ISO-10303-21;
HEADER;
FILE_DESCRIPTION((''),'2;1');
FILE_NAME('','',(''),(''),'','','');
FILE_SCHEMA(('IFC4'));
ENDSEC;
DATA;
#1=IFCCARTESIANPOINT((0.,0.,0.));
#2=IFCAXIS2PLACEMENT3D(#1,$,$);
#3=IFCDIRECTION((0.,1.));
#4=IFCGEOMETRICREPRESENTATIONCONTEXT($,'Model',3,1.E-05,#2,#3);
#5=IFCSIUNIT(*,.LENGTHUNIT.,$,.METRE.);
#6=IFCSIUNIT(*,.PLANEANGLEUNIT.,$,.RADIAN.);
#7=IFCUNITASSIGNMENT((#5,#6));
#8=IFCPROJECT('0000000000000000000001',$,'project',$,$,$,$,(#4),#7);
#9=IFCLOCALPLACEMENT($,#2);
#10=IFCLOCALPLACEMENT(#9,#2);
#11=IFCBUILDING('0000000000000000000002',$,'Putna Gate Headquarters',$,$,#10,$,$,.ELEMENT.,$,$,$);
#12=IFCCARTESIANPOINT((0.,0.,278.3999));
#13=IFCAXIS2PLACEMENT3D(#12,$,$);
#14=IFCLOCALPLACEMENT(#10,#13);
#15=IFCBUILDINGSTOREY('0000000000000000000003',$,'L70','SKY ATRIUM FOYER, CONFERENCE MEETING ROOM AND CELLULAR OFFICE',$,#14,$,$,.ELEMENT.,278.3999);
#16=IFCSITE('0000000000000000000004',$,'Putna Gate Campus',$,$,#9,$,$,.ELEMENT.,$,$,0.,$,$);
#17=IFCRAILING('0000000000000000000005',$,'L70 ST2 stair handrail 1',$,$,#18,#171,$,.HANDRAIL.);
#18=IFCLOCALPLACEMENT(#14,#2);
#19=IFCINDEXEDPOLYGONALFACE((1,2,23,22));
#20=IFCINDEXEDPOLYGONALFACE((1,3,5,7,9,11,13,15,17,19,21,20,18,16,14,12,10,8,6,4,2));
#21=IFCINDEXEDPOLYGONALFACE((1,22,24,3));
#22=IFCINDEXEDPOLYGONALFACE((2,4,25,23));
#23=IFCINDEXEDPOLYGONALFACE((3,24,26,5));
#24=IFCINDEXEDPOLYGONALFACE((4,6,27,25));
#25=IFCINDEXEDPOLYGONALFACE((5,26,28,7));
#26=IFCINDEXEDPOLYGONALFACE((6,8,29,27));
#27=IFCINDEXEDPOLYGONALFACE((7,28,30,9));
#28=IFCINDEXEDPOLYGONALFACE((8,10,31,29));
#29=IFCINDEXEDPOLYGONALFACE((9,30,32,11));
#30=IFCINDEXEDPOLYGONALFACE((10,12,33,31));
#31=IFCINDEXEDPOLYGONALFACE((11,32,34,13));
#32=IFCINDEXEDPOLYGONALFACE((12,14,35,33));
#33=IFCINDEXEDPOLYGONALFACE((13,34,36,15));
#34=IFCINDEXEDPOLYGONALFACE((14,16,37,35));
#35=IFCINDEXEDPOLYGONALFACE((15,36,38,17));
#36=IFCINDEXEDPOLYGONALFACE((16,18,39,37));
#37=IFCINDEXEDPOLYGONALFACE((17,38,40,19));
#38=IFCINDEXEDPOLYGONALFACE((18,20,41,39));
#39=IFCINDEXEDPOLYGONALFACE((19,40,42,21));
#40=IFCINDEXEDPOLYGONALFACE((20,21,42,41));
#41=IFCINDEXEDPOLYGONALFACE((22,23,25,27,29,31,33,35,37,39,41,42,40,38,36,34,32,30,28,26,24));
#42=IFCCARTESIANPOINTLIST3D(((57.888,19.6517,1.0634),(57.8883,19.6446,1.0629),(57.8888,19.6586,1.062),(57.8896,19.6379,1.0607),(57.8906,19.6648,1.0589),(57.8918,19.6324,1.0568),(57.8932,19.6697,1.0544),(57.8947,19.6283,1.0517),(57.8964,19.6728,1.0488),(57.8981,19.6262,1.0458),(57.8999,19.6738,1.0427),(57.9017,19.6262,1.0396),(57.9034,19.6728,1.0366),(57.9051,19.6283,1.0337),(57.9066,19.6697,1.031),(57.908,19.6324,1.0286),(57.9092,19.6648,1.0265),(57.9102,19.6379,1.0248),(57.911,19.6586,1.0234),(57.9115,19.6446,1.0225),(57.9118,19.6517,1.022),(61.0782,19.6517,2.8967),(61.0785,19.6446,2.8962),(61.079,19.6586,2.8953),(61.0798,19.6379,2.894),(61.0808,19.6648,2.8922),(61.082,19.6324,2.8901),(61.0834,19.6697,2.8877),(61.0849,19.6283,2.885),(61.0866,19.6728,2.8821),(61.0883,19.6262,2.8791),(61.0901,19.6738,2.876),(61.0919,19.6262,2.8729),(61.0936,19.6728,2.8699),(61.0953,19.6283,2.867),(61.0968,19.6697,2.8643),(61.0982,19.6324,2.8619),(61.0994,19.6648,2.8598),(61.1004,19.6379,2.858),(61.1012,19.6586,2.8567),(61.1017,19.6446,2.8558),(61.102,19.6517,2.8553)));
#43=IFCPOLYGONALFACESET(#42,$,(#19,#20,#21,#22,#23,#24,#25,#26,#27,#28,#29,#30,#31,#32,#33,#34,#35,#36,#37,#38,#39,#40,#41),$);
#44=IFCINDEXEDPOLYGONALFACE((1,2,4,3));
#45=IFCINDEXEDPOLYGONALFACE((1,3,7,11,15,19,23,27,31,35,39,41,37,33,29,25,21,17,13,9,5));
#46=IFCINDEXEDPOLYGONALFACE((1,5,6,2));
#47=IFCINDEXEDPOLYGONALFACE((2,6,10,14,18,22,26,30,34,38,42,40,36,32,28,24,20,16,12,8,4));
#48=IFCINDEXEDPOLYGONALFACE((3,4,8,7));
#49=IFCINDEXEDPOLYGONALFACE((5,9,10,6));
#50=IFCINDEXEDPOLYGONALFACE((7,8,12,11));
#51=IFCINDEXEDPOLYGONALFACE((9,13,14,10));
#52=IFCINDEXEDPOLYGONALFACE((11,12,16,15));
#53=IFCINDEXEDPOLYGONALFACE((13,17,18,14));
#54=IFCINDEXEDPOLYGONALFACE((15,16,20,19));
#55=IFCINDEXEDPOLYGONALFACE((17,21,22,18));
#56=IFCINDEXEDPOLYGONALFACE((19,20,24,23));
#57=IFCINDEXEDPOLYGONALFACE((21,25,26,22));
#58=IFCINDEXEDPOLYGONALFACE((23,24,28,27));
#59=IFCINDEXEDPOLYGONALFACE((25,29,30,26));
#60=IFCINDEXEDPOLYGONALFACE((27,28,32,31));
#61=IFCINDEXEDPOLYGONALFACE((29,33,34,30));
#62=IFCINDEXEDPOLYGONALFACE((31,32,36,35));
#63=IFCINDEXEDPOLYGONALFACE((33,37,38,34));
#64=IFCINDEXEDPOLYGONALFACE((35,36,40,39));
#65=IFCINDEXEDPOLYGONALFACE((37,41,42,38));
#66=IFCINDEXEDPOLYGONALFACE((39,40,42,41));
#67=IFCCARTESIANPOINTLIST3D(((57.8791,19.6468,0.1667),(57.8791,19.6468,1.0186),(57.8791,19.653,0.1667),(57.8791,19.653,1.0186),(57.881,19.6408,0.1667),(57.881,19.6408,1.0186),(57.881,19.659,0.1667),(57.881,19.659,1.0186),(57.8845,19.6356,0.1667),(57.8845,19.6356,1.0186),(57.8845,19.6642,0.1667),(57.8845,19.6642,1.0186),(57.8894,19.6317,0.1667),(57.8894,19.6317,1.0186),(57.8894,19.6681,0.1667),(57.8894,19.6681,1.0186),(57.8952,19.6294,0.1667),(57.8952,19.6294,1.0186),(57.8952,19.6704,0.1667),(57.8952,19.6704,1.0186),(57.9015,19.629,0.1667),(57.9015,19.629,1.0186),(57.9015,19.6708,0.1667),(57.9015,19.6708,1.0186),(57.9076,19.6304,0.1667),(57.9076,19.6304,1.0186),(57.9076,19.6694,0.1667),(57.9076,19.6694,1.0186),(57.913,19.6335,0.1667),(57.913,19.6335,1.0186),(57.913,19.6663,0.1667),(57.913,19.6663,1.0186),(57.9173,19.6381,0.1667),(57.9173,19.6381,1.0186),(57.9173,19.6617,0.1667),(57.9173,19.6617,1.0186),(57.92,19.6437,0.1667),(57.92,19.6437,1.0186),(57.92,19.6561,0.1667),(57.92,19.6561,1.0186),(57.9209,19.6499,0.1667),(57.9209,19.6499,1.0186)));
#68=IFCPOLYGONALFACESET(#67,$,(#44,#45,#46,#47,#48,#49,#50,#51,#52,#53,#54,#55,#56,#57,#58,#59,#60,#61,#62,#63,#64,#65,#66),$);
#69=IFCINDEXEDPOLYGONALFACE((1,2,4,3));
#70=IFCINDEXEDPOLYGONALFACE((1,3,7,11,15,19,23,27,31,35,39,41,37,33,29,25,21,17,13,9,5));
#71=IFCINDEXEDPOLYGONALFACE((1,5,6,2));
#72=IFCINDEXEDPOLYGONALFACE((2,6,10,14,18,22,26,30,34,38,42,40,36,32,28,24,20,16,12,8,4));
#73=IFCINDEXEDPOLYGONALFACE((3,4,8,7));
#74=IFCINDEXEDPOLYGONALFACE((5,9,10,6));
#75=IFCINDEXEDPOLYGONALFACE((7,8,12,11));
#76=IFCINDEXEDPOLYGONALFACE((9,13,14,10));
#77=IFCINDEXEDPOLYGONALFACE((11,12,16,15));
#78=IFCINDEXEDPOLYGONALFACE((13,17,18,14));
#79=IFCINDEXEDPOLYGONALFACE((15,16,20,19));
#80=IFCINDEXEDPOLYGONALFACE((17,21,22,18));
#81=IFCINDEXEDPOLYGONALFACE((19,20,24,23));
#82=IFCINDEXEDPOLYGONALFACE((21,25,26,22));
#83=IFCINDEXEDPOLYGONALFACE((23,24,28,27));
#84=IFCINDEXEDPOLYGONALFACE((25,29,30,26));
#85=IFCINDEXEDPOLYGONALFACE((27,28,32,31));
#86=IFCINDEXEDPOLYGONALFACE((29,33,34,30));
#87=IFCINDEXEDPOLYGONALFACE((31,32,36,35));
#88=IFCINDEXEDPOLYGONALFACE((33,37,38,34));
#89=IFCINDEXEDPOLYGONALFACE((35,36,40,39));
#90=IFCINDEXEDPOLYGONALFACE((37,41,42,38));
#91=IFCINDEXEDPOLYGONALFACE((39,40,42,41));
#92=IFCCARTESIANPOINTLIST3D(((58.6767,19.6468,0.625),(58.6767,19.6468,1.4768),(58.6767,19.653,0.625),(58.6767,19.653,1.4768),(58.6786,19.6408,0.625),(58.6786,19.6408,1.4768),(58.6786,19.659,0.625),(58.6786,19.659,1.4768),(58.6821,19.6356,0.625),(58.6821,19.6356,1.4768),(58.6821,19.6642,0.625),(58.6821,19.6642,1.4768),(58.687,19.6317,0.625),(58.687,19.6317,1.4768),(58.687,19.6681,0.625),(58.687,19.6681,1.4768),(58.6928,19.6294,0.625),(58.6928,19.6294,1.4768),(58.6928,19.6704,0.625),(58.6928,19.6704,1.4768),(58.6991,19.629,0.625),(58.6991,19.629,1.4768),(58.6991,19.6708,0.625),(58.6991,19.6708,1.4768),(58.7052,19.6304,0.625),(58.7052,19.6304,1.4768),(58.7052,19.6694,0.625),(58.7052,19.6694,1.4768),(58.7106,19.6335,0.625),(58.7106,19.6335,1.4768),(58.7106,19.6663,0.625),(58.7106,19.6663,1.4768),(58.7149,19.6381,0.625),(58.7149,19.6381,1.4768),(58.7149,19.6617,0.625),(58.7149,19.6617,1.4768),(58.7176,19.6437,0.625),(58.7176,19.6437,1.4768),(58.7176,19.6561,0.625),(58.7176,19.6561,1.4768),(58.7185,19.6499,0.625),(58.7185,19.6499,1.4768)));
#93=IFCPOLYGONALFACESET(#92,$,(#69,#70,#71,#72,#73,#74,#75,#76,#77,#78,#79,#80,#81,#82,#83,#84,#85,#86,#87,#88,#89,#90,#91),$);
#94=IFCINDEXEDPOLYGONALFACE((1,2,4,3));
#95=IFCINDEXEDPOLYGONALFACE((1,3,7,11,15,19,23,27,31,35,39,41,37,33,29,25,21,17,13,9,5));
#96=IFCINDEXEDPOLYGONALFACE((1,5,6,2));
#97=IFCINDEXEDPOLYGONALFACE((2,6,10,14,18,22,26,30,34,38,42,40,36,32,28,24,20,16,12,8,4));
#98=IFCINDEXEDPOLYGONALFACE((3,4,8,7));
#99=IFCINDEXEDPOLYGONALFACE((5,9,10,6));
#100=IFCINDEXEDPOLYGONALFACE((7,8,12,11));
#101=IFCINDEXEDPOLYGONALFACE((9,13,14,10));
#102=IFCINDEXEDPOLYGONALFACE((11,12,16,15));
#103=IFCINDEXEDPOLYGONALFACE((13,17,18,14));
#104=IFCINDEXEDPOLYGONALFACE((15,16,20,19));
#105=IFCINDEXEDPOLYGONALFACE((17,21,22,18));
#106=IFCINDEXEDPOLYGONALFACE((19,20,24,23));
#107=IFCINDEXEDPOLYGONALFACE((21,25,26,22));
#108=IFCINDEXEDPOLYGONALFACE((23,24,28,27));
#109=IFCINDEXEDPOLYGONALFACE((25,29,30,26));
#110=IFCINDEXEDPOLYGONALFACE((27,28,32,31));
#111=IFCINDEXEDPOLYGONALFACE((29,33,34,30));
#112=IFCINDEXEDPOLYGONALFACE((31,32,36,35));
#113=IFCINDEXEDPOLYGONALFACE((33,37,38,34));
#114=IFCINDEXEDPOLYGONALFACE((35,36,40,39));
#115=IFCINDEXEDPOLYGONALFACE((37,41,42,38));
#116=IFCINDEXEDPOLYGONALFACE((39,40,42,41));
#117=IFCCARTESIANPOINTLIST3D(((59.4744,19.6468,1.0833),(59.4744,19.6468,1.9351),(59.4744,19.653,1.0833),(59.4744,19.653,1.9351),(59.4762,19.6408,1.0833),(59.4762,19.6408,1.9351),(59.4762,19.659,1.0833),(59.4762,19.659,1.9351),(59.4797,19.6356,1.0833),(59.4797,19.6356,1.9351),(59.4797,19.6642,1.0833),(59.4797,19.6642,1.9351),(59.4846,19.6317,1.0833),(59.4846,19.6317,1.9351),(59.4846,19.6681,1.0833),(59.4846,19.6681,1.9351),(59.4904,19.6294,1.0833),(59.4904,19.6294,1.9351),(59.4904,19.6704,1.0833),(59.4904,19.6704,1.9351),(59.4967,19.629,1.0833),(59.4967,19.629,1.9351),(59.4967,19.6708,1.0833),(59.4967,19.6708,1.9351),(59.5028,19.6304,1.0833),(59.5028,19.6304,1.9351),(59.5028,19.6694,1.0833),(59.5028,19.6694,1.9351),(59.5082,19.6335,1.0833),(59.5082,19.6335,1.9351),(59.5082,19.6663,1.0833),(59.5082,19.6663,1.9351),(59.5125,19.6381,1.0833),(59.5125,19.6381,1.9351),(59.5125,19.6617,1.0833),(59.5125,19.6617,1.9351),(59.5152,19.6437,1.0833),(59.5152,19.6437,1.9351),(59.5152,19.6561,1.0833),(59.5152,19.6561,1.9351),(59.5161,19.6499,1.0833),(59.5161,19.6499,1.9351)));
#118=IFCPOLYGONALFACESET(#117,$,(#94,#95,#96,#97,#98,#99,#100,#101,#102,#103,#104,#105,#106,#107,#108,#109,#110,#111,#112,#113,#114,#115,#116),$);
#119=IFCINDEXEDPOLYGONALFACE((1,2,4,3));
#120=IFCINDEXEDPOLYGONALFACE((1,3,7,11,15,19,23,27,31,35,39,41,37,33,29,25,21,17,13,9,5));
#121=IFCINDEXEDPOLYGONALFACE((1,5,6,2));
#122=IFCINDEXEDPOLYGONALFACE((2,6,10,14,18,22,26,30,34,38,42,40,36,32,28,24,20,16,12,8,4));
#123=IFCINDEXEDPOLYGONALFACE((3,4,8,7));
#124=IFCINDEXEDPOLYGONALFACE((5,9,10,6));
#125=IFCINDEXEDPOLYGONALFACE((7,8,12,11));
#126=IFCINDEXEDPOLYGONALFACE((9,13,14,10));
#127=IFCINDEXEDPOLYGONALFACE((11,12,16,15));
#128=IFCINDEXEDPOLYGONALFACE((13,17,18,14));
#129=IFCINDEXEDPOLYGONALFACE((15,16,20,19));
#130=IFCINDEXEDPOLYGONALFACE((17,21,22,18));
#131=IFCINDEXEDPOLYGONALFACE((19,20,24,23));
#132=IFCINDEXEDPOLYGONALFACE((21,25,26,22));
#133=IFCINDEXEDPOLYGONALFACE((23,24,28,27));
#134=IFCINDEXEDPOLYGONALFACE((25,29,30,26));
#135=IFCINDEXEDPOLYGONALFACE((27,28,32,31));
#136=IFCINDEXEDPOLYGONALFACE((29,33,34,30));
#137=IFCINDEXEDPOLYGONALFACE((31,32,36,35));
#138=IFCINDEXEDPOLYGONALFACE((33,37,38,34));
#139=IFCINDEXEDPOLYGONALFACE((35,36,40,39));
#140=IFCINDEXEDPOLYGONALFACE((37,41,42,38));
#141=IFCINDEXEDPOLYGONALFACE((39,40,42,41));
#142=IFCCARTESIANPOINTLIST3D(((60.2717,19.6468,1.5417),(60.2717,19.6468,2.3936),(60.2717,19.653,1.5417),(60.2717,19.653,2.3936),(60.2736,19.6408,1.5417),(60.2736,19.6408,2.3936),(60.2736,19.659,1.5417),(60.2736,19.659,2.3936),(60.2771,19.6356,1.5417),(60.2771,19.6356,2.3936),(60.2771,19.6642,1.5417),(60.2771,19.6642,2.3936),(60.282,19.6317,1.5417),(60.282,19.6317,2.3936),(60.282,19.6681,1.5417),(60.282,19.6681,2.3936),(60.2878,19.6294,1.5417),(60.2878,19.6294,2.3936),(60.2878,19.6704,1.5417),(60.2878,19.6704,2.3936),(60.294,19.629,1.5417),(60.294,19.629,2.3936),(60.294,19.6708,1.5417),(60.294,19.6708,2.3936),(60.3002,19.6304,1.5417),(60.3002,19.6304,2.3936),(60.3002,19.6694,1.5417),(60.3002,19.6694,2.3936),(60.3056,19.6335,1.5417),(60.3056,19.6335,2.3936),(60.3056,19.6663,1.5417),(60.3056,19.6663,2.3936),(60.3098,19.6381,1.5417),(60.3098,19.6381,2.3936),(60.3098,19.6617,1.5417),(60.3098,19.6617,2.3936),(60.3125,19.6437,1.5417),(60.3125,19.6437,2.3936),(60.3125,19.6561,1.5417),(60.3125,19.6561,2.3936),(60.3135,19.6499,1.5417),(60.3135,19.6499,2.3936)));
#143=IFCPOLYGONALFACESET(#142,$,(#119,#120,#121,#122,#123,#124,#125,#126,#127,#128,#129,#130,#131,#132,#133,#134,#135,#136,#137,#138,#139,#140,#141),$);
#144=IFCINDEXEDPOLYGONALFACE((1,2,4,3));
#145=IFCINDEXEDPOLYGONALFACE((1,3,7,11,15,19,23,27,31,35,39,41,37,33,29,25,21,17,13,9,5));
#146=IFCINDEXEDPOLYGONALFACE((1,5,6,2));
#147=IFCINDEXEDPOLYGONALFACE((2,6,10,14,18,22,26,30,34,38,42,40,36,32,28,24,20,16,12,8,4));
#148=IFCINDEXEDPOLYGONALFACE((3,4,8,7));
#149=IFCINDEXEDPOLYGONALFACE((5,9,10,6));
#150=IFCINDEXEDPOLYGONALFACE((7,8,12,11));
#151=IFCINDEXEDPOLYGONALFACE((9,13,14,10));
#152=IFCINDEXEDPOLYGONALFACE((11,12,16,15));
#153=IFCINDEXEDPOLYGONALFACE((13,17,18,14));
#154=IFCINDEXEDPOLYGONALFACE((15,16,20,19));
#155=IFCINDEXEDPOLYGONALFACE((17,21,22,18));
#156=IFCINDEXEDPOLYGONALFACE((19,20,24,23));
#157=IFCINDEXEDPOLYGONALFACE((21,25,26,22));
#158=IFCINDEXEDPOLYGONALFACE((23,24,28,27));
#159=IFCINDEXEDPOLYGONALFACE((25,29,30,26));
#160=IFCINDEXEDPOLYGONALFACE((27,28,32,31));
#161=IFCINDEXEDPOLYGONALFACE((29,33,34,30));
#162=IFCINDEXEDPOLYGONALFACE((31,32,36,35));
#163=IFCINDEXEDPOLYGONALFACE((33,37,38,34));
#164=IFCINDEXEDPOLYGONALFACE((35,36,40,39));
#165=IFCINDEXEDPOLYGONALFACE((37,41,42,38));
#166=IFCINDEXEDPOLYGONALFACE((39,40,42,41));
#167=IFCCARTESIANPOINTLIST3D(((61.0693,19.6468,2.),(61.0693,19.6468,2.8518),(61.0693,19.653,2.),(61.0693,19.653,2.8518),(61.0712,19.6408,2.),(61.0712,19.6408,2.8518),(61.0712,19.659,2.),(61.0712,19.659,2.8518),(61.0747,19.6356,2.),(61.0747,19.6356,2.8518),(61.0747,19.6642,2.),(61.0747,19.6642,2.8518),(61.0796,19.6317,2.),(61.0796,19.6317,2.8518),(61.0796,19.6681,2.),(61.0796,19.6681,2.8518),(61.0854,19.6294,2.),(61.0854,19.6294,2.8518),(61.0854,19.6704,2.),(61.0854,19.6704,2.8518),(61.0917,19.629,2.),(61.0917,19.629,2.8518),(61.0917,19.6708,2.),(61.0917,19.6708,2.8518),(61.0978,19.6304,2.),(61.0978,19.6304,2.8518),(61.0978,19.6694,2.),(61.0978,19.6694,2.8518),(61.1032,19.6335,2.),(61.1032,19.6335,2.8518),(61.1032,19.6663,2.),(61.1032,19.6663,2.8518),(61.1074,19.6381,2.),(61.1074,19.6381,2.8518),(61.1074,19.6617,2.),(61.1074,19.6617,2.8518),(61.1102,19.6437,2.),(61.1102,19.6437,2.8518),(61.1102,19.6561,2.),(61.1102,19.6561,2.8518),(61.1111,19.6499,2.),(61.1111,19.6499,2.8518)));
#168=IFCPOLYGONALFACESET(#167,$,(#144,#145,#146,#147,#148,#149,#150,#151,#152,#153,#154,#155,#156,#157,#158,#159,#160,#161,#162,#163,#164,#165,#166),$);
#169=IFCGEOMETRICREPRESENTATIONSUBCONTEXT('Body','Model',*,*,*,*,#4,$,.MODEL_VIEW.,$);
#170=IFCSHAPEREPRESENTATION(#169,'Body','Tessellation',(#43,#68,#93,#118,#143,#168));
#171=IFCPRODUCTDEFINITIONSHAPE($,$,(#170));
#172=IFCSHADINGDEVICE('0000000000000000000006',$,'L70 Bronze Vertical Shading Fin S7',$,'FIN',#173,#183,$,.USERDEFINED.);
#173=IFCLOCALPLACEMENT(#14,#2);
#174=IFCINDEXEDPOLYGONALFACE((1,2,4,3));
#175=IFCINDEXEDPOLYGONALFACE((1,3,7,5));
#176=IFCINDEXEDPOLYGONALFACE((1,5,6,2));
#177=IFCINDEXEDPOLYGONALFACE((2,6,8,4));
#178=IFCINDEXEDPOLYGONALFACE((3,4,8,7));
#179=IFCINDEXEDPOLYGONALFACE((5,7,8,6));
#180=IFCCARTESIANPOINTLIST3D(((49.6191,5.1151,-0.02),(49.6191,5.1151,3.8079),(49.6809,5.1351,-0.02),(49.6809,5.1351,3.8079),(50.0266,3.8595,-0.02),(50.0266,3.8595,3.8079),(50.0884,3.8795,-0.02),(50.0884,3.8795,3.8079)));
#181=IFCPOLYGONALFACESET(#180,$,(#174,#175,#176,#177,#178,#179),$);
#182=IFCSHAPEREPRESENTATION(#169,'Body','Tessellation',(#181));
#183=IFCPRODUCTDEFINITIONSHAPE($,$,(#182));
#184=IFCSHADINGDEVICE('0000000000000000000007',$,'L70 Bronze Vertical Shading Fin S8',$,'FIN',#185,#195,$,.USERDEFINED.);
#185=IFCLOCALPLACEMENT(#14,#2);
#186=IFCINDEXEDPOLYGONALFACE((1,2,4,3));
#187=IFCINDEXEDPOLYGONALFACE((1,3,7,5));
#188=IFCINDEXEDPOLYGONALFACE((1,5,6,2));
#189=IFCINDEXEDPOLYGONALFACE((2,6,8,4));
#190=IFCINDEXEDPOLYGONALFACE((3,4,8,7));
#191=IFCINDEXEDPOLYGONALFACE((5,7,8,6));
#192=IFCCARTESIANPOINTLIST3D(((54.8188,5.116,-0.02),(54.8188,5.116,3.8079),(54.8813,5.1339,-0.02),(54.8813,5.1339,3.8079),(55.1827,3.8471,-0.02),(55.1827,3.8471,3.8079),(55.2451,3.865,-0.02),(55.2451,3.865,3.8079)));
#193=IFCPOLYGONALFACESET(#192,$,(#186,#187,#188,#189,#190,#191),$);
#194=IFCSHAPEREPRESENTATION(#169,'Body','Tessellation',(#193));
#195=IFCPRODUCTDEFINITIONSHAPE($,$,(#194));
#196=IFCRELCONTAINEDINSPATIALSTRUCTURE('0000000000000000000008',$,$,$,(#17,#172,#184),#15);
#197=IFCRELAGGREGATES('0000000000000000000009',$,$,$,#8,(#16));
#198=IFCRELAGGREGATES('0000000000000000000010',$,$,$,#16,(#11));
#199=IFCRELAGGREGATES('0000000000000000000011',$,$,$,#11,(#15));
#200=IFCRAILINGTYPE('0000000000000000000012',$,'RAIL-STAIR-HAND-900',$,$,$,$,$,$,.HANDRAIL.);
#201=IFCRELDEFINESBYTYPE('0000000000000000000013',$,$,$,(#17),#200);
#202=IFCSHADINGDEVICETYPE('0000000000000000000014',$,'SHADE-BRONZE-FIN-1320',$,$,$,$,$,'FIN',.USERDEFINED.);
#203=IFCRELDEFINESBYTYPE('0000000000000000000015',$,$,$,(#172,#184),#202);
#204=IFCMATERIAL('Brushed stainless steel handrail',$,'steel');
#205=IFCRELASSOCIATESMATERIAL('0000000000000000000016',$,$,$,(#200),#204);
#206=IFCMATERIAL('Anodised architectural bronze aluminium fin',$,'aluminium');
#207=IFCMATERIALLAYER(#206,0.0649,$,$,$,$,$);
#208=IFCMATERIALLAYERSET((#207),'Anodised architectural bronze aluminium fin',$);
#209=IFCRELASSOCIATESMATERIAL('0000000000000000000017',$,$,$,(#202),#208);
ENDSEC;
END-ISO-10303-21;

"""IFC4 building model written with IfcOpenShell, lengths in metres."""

from ifc_helpers import new_model, si_unit, direction, frame, origin, origin_2d, place, context, subcontext, project, spatial, rectangle, circle, extrude, material, layer, layer_set, type_object, element, save


model = new_model("IFC4")

# Units and contexts
model_context = context("Model", 3, precision=1e-05, world=origin(), true_north=direction((0.0, 1.0)))
body_context = subcontext(model_context, "Body", "Model", "MODEL_VIEW")
ifc_project = project(units=[si_unit("LENGTHUNIT", "METRE"), si_unit("PLANEANGLEUNIT", "RADIAN")], contexts=[model_context])

# Site, building, storey
site_placement = place(None, origin())
site = spatial("IfcSite", under=ifc_project, at=site_placement, Name="Putna Gate Campus", CompositionType="ELEMENT", RefElevation=0.0)
building_placement = place(site_placement, origin())
building = spatial("IfcBuilding", under=site, at=building_placement, Name="Putna Gate Headquarters", CompositionType="ELEMENT")
storey_placement = place(building_placement, frame((0.0, 0.0, 278.3999)))
storey = spatial("IfcBuildingStorey", under=building, at=storey_placement, Name="L70", Description="SKY ATRIUM FOYER, CONFERENCE MEETING ROOM AND CELLULAR OFFICE", CompositionType="ELEMENT", Elevation=278.3999)

# Railing
ifc_material_1 = material(Name="Brushed stainless steel handrail", Category="steel")
railing_type_1 = type_object("IfcRailingType", Name="RAIL-STAIR-HAND-900", PredefinedType="HANDRAIL", material=ifc_material_1)
railing_1_placement = place(storey_placement, frame((57.8999, 19.6499, 0.1667)))
element("IfcRailing", 1, at=railing_1_placement, inside=storey, type_object=railing_type_1, Name="L70 ST2 stair handrail 1", PredefinedType="HANDRAIL", context=body_context, shape_type="SweptSolid", body=[
    extrude(circle(Radius=0.0239, at=origin_2d()), frame((0.0, 0.0, 0.876), z_axis=(0.867036, 0.0, 0.498245), x_axis=(0.0, 1.0, 0.0)), (0.0, 0.0, 1.0), 3.6794),
    extrude(circle(Radius=0.021, at=origin_2d()), origin(), (0.0, 0.0, 1.0), 0.8518),
    extrude(circle(Radius=0.021, at=origin_2d()), frame((0.7976, 0.0, 0.4583)), (0.0, 0.0, 1.0), 0.8518),
    extrude(circle(Radius=0.021, at=origin_2d()), frame((1.5952, 0.0, 0.9165)), (0.0, 0.0, 1.0), 0.8518),
    extrude(circle(Radius=0.021, at=origin_2d()), frame((2.3926, 0.0, 1.375)), (0.0, 0.0, 1.0), 0.8518),
    extrude(circle(Radius=0.021, at=origin_2d()), frame((3.1902, 0.0, 1.8333)), (0.0, 0.0, 1.0), 0.8518),
])

# Shading devices
ifc_material_2 = material(Name="Anodised architectural bronze aluminium fin", Category="aluminium")
ifc_layer_1 = layer(ifc_material_2, 0.0649)
ifc_layer_set_1 = layer_set([ifc_layer_1], Name="Anodised architectural bronze aluminium fin")
shading_device_type = type_object("IfcShadingDeviceType", Name="SHADE-BRONZE-FIN-1320", ElementType="FIN", PredefinedType="USERDEFINED", material=ifc_layer_set_1)
for number, where, z_axis, x_axis, name in (
    (2, (49.8538, 4.4973, -0.02), (0.0, 0.0, 1.0), (0.308685, -0.951164, 0.0), "L70 Bronze Vertical Shading Fin S7"),
    (3, (55.032, 4.4905, -0.02), (0.0, 0.0, 1.0), (0.275637, -0.961262, 0.0), "L70 Bronze Vertical Shading Fin S8"),
):
    element("IfcShadingDevice", number, at=place(storey_placement, frame(where, z_axis=z_axis, x_axis=x_axis)), inside=storey, type_object=shading_device_type, Name=name, ObjectType="FIN", PredefinedType="USERDEFINED", context=body_context, shape_type="SweptSolid", body=[
        extrude(rectangle(XDim=1.3201, YDim=0.0649, at=origin_2d()), origin(), (0.0, 0.0, 1.0), 3.8279),
    ])

save(model, "model.ifc")
